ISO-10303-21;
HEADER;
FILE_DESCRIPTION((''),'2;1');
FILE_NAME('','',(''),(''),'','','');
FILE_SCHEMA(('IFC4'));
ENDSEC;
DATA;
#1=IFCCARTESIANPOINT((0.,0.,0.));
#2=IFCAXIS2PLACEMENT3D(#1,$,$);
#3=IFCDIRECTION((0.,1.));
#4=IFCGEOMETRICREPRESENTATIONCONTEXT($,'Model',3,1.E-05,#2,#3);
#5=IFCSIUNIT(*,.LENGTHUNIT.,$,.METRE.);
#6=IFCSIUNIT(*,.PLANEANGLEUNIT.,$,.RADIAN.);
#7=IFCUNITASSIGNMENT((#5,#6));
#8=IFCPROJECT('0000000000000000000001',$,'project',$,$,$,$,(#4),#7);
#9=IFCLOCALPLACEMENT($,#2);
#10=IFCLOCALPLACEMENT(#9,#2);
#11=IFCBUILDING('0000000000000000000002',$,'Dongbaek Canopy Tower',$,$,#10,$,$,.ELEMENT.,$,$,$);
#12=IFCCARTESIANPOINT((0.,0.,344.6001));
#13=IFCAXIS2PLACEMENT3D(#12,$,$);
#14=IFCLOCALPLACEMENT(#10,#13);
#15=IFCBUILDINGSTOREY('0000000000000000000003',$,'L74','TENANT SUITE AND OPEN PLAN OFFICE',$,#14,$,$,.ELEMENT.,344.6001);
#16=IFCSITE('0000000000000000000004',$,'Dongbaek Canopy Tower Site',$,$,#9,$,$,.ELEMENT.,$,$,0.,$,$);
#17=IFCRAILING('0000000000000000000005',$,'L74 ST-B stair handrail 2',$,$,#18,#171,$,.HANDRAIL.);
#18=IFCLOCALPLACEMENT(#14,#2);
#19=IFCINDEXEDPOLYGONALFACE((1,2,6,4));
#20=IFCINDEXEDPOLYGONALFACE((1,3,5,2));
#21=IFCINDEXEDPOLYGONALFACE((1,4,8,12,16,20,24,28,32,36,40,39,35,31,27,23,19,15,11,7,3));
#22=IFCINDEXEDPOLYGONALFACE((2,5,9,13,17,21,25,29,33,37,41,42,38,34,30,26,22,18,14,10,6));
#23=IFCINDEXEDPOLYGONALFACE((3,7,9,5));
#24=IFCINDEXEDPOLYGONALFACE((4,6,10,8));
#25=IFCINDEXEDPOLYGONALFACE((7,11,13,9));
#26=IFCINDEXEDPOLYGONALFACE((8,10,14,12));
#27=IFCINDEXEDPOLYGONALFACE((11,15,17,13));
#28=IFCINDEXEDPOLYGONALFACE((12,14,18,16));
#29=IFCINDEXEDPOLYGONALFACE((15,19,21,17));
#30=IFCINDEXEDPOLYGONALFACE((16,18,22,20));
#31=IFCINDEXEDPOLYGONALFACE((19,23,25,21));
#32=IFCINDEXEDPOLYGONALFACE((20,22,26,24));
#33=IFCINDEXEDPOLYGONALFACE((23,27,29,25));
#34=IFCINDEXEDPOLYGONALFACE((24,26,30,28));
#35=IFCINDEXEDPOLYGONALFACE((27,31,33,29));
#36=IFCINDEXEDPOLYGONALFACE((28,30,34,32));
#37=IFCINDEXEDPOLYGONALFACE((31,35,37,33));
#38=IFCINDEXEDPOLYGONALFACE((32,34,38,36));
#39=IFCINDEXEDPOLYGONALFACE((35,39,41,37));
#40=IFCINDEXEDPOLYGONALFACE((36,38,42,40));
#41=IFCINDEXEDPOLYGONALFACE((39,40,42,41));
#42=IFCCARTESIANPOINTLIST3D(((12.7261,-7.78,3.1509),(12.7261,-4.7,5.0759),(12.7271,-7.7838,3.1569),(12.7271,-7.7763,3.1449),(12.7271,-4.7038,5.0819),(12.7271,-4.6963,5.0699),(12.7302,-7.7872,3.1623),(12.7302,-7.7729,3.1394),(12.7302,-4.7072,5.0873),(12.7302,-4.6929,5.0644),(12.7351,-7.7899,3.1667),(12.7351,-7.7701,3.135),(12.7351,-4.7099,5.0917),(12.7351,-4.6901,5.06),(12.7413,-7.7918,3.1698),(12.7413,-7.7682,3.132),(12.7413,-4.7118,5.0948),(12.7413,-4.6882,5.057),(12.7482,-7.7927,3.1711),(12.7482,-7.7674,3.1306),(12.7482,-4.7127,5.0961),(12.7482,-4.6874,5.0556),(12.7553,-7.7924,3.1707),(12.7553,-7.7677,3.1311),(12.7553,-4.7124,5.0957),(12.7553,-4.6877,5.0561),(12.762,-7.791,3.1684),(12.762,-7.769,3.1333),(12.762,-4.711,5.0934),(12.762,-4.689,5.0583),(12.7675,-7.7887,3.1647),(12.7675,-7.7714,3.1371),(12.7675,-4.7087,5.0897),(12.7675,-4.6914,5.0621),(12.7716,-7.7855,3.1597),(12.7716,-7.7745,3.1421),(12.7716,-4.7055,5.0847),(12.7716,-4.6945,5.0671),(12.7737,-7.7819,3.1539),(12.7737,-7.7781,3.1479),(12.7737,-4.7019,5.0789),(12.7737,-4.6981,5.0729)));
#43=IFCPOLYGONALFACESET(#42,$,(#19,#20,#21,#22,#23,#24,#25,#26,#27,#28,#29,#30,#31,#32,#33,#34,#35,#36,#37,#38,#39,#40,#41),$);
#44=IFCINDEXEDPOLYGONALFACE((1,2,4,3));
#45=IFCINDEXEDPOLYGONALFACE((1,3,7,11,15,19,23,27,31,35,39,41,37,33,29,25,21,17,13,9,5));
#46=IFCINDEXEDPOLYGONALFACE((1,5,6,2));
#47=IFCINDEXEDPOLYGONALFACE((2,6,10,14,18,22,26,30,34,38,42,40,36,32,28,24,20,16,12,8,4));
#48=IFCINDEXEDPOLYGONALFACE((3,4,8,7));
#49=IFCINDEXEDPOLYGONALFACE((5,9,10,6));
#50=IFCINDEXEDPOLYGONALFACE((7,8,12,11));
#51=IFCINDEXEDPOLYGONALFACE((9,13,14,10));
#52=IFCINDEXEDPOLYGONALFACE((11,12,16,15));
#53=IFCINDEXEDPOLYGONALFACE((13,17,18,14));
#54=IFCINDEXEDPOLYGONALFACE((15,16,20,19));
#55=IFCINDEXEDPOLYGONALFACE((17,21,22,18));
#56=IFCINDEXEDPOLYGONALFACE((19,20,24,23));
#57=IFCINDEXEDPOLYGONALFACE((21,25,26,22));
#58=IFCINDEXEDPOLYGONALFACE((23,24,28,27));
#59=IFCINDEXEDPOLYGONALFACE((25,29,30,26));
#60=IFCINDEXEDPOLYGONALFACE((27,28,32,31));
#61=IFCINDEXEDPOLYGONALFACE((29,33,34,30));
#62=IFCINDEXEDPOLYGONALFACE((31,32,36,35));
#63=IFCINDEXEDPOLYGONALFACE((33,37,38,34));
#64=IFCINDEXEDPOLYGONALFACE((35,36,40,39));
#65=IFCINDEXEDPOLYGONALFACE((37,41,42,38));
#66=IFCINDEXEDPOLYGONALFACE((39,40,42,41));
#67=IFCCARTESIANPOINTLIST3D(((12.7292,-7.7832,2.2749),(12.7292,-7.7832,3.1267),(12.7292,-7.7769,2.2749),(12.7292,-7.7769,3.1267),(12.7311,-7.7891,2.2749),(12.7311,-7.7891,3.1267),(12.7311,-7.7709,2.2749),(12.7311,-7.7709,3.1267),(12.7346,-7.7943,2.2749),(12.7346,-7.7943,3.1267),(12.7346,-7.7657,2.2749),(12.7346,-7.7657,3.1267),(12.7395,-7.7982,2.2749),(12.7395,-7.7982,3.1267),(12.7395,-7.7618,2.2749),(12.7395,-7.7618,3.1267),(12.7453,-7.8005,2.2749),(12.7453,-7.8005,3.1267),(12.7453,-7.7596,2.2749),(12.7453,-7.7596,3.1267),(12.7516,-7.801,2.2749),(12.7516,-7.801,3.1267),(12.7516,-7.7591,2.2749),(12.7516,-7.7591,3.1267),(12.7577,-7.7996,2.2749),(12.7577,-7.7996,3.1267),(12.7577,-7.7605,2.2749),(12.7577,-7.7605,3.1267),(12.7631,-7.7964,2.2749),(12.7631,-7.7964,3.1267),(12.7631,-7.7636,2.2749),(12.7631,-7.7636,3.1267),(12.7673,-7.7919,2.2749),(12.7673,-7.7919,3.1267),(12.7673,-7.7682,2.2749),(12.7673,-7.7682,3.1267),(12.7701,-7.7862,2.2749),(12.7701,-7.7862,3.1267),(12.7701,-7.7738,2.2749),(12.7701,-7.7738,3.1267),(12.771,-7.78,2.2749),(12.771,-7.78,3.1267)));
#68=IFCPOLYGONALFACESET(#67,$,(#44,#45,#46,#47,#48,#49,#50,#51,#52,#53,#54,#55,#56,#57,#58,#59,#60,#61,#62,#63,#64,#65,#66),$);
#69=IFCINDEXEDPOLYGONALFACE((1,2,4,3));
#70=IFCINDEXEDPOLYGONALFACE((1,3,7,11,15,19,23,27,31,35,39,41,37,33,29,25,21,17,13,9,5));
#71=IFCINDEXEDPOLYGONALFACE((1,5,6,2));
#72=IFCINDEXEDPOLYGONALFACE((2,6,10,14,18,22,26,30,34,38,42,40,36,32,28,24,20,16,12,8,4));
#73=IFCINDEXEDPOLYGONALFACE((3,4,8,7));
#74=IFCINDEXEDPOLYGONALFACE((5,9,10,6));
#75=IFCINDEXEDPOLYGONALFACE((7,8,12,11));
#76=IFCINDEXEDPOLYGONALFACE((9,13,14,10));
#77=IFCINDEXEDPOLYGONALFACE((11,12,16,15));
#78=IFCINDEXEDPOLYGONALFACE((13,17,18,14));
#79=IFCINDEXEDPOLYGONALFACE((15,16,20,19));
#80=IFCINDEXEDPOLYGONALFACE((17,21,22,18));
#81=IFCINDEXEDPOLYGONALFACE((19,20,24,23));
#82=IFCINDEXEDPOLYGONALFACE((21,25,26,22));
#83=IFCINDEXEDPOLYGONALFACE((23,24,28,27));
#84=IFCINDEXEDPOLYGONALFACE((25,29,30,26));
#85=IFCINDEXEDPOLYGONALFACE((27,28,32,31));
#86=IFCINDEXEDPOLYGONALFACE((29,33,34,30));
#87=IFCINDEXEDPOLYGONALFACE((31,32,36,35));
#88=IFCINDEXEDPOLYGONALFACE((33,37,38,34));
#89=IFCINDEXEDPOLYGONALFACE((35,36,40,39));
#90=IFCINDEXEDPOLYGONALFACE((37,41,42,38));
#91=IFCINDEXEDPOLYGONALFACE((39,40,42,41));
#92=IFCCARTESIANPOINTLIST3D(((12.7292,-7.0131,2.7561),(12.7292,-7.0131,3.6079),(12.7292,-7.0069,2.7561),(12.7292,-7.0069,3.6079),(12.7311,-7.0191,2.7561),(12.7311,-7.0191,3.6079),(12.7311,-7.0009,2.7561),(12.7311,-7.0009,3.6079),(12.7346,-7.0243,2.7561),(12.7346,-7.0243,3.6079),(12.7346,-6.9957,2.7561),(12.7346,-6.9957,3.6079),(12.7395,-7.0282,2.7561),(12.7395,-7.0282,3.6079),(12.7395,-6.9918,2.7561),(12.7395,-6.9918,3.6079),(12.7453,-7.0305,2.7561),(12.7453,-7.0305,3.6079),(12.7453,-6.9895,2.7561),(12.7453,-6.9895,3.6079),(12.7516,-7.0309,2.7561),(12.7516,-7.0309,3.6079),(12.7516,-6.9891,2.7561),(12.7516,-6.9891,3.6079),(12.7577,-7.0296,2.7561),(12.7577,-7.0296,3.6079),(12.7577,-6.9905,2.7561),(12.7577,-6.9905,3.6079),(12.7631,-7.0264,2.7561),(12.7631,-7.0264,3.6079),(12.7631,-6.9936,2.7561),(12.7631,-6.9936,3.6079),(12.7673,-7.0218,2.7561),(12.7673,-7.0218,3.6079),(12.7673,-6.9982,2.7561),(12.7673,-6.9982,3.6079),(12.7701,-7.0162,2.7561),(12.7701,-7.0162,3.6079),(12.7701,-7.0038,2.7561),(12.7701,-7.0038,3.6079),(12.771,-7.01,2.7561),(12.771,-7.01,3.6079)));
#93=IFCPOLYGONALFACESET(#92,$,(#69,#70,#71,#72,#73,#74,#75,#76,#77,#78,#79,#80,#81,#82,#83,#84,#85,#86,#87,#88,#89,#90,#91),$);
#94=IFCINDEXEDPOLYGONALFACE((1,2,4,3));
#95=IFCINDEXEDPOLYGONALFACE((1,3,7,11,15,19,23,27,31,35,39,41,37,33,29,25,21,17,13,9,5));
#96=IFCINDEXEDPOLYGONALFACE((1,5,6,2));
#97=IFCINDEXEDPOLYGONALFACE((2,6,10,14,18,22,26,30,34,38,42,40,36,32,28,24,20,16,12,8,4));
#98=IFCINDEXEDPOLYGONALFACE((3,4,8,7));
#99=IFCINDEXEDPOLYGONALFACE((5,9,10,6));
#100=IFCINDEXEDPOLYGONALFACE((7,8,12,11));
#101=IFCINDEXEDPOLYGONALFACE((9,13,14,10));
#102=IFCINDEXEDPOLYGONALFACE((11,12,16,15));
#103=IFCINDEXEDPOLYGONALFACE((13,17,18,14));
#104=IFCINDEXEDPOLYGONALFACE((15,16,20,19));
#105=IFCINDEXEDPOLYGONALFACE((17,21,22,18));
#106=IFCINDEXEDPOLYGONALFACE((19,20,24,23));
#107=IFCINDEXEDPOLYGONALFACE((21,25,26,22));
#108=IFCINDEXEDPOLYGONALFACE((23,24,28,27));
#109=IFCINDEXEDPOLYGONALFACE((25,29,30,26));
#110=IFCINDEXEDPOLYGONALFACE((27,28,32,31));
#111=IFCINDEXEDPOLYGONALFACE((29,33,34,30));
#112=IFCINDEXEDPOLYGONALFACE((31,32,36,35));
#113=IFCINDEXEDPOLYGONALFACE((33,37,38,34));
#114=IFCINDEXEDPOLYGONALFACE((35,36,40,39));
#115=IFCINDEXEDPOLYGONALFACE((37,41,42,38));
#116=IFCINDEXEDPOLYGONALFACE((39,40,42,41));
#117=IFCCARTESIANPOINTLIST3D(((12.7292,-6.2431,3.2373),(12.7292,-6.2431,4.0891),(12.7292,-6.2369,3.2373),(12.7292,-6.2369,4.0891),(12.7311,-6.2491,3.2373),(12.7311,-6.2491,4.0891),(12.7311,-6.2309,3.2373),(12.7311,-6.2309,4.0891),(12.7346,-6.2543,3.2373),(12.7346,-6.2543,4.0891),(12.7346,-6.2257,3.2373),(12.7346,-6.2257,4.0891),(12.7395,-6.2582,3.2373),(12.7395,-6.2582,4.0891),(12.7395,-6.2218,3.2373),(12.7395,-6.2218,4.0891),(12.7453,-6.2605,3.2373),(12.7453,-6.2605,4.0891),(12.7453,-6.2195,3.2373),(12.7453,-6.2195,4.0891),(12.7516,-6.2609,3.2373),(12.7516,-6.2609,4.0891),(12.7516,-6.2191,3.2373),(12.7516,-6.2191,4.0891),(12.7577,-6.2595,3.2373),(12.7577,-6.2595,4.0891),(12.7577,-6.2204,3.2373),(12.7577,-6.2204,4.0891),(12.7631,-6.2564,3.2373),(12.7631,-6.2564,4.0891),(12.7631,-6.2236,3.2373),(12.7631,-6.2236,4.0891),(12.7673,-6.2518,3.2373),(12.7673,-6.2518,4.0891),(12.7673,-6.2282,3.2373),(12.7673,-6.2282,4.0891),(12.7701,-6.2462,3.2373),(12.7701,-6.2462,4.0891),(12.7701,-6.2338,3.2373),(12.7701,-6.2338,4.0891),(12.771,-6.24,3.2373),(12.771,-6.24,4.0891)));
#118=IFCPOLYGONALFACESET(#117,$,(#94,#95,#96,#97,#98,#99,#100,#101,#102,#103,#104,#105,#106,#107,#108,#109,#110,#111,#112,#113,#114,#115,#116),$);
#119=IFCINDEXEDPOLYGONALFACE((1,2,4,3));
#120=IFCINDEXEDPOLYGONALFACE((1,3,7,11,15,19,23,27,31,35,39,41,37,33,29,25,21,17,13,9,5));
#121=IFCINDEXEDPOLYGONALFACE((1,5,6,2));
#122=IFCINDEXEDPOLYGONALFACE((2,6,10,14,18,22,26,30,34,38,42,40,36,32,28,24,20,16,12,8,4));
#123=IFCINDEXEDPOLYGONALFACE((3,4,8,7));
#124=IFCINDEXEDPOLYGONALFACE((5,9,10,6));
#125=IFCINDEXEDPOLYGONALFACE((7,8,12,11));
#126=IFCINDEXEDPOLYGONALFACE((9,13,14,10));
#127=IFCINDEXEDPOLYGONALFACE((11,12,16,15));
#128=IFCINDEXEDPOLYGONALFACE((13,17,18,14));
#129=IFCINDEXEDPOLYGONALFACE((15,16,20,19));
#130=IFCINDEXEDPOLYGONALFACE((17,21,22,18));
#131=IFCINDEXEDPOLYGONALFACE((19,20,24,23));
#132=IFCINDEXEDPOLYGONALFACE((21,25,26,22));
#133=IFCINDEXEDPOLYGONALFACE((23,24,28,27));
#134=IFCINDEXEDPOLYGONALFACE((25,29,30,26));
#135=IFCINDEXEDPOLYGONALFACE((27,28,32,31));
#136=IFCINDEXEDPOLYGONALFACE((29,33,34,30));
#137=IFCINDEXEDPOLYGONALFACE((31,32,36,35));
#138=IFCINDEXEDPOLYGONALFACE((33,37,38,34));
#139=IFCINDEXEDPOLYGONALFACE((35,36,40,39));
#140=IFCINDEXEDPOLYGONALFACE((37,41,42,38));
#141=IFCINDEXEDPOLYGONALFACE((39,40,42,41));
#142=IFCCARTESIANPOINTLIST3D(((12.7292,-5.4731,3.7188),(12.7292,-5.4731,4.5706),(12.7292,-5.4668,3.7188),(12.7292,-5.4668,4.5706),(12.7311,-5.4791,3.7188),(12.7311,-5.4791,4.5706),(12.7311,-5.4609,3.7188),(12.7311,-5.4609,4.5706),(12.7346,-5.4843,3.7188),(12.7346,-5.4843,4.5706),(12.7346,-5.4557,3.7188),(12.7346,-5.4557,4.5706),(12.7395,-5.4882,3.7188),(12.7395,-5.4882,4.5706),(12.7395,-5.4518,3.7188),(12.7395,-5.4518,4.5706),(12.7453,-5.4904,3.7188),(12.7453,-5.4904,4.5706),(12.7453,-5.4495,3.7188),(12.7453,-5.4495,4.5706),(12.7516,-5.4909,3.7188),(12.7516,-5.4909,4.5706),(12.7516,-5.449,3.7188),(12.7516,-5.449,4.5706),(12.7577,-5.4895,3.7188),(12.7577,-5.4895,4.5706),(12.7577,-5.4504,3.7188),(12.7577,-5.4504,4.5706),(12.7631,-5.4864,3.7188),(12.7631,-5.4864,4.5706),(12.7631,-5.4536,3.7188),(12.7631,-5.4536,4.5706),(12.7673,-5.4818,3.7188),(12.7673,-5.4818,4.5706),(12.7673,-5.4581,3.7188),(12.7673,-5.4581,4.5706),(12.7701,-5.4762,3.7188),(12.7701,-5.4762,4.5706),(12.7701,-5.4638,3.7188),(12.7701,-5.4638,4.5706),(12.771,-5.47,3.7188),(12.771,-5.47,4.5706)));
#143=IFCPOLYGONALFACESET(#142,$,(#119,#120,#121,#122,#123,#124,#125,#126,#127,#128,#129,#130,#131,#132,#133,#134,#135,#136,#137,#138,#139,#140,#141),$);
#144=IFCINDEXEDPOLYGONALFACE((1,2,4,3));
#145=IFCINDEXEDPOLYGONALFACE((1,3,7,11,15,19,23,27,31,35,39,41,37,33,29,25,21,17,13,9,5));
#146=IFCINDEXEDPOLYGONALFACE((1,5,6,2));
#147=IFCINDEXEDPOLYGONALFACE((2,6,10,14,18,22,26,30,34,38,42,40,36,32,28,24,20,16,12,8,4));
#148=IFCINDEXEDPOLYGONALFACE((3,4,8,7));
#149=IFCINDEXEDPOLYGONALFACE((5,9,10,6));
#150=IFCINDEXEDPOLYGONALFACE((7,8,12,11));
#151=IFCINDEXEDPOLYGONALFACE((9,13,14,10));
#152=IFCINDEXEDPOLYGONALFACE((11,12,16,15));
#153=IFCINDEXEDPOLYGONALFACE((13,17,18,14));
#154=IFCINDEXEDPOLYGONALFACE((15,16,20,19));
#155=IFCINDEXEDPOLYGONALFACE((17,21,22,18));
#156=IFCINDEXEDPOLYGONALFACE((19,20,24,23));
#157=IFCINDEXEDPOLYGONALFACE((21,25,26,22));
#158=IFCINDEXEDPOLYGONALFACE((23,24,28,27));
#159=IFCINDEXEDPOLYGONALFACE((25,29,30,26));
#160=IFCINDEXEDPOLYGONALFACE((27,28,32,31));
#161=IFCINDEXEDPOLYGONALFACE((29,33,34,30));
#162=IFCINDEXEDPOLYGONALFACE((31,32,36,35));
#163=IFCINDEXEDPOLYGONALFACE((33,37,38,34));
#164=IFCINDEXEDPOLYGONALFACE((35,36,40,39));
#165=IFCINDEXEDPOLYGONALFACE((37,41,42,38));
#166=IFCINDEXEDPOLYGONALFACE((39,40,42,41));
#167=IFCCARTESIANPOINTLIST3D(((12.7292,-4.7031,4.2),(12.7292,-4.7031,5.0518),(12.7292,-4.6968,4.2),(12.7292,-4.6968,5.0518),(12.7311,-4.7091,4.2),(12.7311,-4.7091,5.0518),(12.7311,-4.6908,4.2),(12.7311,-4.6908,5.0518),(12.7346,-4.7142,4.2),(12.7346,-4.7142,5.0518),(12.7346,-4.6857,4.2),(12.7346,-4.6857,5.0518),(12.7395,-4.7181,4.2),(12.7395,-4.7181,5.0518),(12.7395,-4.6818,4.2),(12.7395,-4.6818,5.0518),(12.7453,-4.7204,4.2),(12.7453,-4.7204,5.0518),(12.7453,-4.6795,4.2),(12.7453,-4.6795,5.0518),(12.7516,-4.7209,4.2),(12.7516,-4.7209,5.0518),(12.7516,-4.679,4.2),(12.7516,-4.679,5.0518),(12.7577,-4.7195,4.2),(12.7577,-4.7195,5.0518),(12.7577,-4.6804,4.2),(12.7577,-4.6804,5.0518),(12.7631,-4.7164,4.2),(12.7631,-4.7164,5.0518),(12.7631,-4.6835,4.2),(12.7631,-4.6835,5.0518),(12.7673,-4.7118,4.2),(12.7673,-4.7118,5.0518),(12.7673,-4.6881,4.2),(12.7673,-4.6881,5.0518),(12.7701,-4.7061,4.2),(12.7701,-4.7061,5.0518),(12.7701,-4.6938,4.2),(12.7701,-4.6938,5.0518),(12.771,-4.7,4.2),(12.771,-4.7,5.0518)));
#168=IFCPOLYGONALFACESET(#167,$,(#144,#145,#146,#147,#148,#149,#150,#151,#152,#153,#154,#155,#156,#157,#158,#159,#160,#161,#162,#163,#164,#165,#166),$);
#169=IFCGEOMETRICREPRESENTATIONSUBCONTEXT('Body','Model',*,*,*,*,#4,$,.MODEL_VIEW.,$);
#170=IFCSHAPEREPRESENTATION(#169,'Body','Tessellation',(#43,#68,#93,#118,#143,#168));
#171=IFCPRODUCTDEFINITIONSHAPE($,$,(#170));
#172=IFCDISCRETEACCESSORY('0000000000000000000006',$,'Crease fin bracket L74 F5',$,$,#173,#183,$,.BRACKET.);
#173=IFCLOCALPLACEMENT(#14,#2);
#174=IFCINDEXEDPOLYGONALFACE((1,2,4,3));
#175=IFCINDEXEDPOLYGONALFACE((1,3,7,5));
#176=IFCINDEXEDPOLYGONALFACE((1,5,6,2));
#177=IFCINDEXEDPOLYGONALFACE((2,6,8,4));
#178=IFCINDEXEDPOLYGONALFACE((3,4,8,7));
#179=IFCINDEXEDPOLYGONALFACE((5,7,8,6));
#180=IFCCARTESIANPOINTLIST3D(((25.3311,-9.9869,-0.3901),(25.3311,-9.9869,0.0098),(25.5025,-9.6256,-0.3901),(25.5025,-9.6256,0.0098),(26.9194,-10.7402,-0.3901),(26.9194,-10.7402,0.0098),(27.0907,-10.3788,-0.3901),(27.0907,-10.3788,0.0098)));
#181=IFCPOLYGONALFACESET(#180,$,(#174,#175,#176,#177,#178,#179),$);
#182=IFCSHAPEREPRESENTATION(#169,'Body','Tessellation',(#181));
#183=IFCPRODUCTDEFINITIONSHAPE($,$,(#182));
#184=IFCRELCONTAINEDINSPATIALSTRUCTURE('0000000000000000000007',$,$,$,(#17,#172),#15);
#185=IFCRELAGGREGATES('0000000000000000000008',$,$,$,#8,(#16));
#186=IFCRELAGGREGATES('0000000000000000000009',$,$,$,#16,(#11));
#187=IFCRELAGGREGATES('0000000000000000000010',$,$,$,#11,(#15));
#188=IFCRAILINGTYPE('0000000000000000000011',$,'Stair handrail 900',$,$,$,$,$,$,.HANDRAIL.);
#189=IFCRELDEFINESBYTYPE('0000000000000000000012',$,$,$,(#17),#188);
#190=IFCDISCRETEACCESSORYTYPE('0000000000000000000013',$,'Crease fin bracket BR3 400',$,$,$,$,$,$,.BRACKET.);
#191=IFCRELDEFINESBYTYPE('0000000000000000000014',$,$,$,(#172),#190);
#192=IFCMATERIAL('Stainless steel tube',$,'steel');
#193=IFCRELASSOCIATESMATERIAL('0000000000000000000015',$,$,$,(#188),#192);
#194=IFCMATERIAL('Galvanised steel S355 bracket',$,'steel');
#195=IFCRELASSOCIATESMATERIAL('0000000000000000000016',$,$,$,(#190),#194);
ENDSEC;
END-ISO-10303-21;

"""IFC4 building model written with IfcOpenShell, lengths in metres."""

from ifc_helpers import new_model, si_unit, direction, frame, origin, origin_2d, place, context, subcontext, project, spatial, rectangle, circle, extrude, material, type_object, element, save


model = new_model("IFC4")

# Units and contexts
model_context = context("Model", 3, precision=1e-05, world=origin(), true_north=direction((0.0, 1.0)))
body_context = subcontext(model_context, "Body", "Model", "MODEL_VIEW")
ifc_project = project(units=[si_unit("LENGTHUNIT", "METRE"), si_unit("PLANEANGLEUNIT", "RADIAN")], contexts=[model_context])

# Site, building, storey
site_placement = place(None, origin())
site = spatial("IfcSite", under=ifc_project, at=site_placement, Name="Dongbaek Canopy Tower Site", CompositionType="ELEMENT", RefElevation=0.0)
building_placement = place(site_placement, origin())
building = spatial("IfcBuilding", under=site, at=building_placement, Name="Dongbaek Canopy Tower", CompositionType="ELEMENT")
storey_placement = place(building_placement, frame((0.0, 0.0, 344.6001)))
storey = spatial("IfcBuildingStorey", under=building, at=storey_placement, Name="L74", Description="TENANT SUITE AND OPEN PLAN OFFICE", CompositionType="ELEMENT", Elevation=344.6001)

# Railing
ifc_material_1 = material(Name="Stainless steel tube", Category="steel")
railing_type = type_object("IfcRailingType", Name="Stair handrail 900", PredefinedType="HANDRAIL", material=ifc_material_1)
railing_placement = place(storey_placement, frame((12.75, -7.78, 2.2749)))
element("IfcRailing", 1, at=railing_placement, inside=storey, type_object=railing_type, Name="L74 ST-B stair handrail 2", PredefinedType="HANDRAIL", context=body_context, shape_type="SweptSolid", body=[
    extrude(circle(Radius=0.0239, at=origin_2d()), frame((0.0, 0.0, 0.876), z_axis=(0.0, 0.847998, 0.529999), x_axis=(-1.0, 0.0, 0.0)), (0.0, 0.0, 1.0), 3.6321),
    extrude(circle(Radius=0.021, at=origin_2d()), origin(), (0.0, 0.0, 1.0), 0.8518),
    extrude(circle(Radius=0.021, at=origin_2d()), frame((0.0, 0.77, 0.4812)), (0.0, 0.0, 1.0), 0.8518),
    extrude(circle(Radius=0.021, at=origin_2d()), frame((0.0, 1.54, 0.9624)), (0.0, 0.0, 1.0), 0.8518),
    extrude(circle(Radius=0.021, at=origin_2d()), frame((0.0, 2.3101, 1.4438)), (0.0, 0.0, 1.0), 0.8518),
    extrude(circle(Radius=0.021, at=origin_2d()), frame((0.0, 3.0801, 1.925)), (0.0, 0.0, 1.0), 0.8518),
])

# Discrete accessory
ifc_material_2 = material(Name="Galvanised steel S355 bracket", Category="steel")
discrete_accessory_type = type_object("IfcDiscreteAccessoryType", Name="Crease fin bracket BR3 400", PredefinedType="BRACKET", material=ifc_material_2)
discrete_accessory_placement = place(storey_placement, frame((26.2109, -10.1829, -0.3901), z_axis=(0.0, 0.0, 1.0), x_axis=(0.903531, -0.428522, 0.0)))
element("IfcDiscreteAccessory", 2, at=discrete_accessory_placement, inside=storey, type_object=discrete_accessory_type, Name="Crease fin bracket L74 F5", PredefinedType="BRACKET", context=body_context, shape_type="SweptSolid", body=[
    extrude(rectangle(XDim=1.7578, YDim=0.3999, at=origin_2d()), origin(), (0.0, 0.0, 1.0), 0.3999),
])

save(model, "model.ifc")
